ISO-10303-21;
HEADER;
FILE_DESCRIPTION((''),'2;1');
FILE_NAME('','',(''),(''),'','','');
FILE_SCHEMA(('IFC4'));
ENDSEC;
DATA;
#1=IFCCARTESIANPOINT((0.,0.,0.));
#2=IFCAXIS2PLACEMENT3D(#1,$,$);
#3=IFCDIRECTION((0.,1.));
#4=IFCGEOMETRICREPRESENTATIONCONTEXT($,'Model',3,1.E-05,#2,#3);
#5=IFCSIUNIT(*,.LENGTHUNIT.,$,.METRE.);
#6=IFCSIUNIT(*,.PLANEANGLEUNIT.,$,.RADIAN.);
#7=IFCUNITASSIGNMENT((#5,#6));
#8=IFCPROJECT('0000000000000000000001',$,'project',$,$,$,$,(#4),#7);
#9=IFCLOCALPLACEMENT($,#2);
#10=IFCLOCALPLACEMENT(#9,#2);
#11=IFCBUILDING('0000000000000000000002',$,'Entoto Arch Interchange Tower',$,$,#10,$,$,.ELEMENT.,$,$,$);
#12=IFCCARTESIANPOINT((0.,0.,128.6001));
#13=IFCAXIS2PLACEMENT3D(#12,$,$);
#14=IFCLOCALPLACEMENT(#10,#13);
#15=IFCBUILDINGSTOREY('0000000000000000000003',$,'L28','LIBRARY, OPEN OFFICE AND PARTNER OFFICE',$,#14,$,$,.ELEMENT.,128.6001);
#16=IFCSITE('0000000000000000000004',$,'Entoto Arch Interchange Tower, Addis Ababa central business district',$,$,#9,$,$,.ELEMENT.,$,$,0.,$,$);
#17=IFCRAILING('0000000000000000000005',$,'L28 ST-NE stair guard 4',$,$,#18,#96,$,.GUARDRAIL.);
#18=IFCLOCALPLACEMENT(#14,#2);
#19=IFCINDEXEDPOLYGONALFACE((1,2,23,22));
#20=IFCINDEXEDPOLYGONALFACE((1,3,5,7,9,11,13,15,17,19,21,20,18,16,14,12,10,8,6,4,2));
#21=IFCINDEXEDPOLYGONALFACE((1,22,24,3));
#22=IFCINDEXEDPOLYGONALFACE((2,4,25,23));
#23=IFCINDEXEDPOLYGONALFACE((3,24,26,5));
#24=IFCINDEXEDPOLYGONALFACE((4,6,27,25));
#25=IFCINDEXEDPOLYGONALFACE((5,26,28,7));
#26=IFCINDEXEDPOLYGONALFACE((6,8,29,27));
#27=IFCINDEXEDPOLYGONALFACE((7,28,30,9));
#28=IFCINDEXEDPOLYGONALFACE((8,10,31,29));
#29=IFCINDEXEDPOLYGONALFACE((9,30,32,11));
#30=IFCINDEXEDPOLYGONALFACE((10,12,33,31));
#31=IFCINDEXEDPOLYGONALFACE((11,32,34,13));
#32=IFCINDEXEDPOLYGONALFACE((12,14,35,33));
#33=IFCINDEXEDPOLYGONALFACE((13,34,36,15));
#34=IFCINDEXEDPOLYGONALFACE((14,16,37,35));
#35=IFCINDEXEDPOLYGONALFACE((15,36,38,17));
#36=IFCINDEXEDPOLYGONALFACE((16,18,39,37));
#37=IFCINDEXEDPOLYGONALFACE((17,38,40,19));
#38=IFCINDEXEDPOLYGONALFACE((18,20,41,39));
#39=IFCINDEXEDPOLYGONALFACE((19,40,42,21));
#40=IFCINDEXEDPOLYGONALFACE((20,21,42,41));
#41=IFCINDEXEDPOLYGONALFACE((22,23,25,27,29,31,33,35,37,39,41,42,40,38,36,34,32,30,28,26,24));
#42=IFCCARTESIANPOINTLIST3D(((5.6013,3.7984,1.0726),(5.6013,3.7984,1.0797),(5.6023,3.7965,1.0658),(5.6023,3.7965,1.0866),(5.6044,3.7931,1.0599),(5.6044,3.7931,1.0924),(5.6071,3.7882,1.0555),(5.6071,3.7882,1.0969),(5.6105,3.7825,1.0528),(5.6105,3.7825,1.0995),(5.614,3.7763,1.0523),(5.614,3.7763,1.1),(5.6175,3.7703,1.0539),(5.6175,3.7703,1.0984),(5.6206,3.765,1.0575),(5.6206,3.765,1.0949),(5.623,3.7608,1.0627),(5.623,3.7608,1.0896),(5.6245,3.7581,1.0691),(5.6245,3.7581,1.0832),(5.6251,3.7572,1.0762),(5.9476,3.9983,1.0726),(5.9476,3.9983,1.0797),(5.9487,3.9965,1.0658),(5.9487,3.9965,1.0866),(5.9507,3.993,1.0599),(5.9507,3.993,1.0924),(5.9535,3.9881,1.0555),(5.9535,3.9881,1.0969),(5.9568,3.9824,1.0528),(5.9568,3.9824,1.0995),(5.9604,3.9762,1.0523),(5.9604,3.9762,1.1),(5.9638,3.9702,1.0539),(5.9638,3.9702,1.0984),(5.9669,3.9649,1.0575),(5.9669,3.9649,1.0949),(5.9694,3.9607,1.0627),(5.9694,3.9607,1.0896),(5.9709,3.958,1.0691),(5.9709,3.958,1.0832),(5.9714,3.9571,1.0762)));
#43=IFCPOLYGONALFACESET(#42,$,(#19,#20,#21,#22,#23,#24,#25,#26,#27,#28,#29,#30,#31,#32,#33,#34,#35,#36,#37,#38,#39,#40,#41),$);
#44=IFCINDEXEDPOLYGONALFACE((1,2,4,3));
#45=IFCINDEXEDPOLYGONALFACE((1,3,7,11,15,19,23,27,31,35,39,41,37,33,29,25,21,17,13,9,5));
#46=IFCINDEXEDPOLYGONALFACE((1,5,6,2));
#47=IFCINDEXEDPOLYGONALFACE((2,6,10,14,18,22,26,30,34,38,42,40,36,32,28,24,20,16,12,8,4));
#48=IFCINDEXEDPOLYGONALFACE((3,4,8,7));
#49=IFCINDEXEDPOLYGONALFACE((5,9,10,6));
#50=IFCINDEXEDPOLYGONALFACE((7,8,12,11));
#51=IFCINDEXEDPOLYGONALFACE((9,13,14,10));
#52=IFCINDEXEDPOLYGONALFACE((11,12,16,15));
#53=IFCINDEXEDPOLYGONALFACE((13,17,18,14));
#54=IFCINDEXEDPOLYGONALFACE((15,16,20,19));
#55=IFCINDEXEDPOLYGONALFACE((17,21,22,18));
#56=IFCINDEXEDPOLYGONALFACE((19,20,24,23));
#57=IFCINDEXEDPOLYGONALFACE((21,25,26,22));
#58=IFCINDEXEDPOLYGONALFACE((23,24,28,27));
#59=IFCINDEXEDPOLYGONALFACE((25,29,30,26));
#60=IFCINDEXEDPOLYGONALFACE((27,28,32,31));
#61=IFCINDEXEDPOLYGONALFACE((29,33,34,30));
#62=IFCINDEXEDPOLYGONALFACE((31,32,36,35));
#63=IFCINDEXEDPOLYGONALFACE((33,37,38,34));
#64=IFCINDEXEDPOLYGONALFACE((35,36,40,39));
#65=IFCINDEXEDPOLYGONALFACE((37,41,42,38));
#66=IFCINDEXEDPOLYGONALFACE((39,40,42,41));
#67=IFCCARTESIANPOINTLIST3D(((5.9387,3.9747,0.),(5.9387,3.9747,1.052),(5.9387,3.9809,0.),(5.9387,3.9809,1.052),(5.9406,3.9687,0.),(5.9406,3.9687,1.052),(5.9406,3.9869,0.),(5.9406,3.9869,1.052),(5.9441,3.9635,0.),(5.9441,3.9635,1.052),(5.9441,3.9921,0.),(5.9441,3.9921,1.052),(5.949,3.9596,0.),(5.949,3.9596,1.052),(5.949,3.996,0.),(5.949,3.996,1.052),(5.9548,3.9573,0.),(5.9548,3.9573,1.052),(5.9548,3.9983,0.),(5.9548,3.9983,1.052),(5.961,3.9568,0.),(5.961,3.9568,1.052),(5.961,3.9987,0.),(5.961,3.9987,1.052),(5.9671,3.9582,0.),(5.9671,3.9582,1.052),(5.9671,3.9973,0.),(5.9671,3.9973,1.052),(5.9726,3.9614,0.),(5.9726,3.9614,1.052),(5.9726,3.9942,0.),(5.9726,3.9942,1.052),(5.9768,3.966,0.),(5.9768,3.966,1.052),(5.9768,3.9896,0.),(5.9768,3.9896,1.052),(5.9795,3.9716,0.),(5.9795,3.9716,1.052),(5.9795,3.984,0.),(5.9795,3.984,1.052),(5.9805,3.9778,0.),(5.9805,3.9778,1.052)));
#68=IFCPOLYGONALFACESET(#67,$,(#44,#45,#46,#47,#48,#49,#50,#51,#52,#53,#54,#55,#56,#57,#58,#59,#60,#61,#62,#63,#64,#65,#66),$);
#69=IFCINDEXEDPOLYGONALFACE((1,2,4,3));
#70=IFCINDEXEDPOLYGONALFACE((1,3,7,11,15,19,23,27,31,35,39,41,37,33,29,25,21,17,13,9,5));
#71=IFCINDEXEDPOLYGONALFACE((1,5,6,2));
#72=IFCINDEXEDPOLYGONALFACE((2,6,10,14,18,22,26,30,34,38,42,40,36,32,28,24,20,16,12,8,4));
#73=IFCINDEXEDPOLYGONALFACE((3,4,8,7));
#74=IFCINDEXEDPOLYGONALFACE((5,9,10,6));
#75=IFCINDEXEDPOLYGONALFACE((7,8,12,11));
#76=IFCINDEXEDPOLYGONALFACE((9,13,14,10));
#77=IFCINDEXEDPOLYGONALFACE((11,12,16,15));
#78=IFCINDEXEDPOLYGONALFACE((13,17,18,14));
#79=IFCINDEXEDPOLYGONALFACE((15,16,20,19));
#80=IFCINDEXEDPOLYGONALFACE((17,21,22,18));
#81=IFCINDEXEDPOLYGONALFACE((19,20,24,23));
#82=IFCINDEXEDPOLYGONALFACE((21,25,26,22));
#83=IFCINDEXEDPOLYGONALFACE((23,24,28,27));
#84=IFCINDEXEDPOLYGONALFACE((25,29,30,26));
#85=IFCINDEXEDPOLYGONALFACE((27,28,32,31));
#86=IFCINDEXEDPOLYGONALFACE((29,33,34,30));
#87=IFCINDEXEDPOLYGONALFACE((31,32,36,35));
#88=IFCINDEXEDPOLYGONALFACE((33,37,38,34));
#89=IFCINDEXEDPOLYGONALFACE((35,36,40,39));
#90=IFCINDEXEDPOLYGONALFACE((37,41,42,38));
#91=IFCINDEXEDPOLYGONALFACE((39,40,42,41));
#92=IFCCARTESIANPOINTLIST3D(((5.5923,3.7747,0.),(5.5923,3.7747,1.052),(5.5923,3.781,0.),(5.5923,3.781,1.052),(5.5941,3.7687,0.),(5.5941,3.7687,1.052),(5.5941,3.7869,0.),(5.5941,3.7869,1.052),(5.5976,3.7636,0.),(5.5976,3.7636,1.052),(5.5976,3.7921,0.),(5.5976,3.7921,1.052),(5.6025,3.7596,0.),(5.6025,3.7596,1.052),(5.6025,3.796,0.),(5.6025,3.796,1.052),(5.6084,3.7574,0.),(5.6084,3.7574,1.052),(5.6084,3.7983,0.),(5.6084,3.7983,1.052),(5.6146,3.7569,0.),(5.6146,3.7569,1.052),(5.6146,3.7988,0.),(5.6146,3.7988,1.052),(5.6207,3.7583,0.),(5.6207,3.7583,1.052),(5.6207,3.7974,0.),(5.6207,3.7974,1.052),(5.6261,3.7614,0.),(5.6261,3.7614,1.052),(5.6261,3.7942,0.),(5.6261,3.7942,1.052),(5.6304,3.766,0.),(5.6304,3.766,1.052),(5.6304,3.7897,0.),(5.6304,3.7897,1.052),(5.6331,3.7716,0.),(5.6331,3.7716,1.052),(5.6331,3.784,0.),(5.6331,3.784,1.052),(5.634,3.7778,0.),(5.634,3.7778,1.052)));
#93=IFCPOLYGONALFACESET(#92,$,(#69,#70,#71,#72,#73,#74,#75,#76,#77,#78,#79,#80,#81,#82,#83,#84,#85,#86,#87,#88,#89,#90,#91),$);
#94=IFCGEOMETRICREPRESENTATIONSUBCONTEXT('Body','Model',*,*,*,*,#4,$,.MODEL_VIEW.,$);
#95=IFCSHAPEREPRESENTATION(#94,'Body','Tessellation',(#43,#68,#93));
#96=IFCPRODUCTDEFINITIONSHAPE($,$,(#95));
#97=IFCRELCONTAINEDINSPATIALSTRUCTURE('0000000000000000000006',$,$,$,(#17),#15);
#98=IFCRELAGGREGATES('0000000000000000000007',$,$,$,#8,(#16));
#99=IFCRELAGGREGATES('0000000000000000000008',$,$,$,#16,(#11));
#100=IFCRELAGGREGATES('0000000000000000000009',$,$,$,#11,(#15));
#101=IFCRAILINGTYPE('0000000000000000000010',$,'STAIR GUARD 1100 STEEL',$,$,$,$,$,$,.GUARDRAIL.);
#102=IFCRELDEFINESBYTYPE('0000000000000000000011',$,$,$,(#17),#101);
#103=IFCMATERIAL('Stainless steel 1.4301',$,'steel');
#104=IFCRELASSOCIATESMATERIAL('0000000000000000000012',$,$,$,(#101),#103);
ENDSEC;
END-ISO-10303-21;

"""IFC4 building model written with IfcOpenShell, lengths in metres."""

from ifc_helpers import new_model, si_unit, direction, frame, origin, origin_2d, place, context, subcontext, project, spatial, circle, extrude, material, type_object, element, save


model = new_model("IFC4")

# Units and contexts
model_context = context("Model", 3, precision=1e-05, world=origin(), true_north=direction((0.0, 1.0)))
body_context = subcontext(model_context, "Body", "Model", "MODEL_VIEW")
ifc_project = project(units=[si_unit("LENGTHUNIT", "METRE"), si_unit("PLANEANGLEUNIT", "RADIAN")], contexts=[model_context])

# Site, building, storey
site_placement = place(None, origin())
site = spatial("IfcSite", under=ifc_project, at=site_placement, Name="Entoto Arch Interchange Tower, Addis Ababa central business district", CompositionType="ELEMENT", RefElevation=0.0)
building_placement = place(site_placement, origin())
building = spatial("IfcBuilding", under=site, at=building_placement, Name="Entoto Arch Interchange Tower", CompositionType="ELEMENT")
storey_placement = place(building_placement, frame((0.0, 0.0, 128.6001)))
storey = spatial("IfcBuildingStorey", under=building, at=storey_placement, Name="L28", Description="LIBRARY, OPEN OFFICE AND PARTNER OFFICE", CompositionType="ELEMENT", Elevation=128.6001)

# Railing
ifc_material_1 = material(Name="Stainless steel 1.4301", Category="steel")
railing_type_1 = type_object("IfcRailingType", Name="STAIR GUARD 1100 STEEL", PredefinedType="GUARDRAIL", material=ifc_material_1)
railing_1_placement = place(storey_placement, frame((5.9595, 3.9778, 0.0)))
element("IfcRailing", 1, at=railing_1_placement, inside=storey, type_object=railing_type_1, Name="L28 ST-NE stair guard 4", PredefinedType="GUARDRAIL", context=body_context, shape_type="SweptSolid", body=[
    extrude(circle(Radius=0.0239, at=origin_2d()), frame((0.0, 0.0, 1.0762), z_axis=(-0.866094, -0.499881, 0.0), x_axis=(0.499881, -0.866094, 0.0)), (0.0, 0.0, 1.0), 0.3999),
    extrude(circle(Radius=0.021, at=origin_2d()), origin(), (0.0, 0.0, 1.0), 1.052),
    extrude(circle(Radius=0.021, at=origin_2d()), frame((-0.3464, -0.2, 0.0)), (0.0, 0.0, 1.0), 1.052),
])

save(model, "model.ifc")
